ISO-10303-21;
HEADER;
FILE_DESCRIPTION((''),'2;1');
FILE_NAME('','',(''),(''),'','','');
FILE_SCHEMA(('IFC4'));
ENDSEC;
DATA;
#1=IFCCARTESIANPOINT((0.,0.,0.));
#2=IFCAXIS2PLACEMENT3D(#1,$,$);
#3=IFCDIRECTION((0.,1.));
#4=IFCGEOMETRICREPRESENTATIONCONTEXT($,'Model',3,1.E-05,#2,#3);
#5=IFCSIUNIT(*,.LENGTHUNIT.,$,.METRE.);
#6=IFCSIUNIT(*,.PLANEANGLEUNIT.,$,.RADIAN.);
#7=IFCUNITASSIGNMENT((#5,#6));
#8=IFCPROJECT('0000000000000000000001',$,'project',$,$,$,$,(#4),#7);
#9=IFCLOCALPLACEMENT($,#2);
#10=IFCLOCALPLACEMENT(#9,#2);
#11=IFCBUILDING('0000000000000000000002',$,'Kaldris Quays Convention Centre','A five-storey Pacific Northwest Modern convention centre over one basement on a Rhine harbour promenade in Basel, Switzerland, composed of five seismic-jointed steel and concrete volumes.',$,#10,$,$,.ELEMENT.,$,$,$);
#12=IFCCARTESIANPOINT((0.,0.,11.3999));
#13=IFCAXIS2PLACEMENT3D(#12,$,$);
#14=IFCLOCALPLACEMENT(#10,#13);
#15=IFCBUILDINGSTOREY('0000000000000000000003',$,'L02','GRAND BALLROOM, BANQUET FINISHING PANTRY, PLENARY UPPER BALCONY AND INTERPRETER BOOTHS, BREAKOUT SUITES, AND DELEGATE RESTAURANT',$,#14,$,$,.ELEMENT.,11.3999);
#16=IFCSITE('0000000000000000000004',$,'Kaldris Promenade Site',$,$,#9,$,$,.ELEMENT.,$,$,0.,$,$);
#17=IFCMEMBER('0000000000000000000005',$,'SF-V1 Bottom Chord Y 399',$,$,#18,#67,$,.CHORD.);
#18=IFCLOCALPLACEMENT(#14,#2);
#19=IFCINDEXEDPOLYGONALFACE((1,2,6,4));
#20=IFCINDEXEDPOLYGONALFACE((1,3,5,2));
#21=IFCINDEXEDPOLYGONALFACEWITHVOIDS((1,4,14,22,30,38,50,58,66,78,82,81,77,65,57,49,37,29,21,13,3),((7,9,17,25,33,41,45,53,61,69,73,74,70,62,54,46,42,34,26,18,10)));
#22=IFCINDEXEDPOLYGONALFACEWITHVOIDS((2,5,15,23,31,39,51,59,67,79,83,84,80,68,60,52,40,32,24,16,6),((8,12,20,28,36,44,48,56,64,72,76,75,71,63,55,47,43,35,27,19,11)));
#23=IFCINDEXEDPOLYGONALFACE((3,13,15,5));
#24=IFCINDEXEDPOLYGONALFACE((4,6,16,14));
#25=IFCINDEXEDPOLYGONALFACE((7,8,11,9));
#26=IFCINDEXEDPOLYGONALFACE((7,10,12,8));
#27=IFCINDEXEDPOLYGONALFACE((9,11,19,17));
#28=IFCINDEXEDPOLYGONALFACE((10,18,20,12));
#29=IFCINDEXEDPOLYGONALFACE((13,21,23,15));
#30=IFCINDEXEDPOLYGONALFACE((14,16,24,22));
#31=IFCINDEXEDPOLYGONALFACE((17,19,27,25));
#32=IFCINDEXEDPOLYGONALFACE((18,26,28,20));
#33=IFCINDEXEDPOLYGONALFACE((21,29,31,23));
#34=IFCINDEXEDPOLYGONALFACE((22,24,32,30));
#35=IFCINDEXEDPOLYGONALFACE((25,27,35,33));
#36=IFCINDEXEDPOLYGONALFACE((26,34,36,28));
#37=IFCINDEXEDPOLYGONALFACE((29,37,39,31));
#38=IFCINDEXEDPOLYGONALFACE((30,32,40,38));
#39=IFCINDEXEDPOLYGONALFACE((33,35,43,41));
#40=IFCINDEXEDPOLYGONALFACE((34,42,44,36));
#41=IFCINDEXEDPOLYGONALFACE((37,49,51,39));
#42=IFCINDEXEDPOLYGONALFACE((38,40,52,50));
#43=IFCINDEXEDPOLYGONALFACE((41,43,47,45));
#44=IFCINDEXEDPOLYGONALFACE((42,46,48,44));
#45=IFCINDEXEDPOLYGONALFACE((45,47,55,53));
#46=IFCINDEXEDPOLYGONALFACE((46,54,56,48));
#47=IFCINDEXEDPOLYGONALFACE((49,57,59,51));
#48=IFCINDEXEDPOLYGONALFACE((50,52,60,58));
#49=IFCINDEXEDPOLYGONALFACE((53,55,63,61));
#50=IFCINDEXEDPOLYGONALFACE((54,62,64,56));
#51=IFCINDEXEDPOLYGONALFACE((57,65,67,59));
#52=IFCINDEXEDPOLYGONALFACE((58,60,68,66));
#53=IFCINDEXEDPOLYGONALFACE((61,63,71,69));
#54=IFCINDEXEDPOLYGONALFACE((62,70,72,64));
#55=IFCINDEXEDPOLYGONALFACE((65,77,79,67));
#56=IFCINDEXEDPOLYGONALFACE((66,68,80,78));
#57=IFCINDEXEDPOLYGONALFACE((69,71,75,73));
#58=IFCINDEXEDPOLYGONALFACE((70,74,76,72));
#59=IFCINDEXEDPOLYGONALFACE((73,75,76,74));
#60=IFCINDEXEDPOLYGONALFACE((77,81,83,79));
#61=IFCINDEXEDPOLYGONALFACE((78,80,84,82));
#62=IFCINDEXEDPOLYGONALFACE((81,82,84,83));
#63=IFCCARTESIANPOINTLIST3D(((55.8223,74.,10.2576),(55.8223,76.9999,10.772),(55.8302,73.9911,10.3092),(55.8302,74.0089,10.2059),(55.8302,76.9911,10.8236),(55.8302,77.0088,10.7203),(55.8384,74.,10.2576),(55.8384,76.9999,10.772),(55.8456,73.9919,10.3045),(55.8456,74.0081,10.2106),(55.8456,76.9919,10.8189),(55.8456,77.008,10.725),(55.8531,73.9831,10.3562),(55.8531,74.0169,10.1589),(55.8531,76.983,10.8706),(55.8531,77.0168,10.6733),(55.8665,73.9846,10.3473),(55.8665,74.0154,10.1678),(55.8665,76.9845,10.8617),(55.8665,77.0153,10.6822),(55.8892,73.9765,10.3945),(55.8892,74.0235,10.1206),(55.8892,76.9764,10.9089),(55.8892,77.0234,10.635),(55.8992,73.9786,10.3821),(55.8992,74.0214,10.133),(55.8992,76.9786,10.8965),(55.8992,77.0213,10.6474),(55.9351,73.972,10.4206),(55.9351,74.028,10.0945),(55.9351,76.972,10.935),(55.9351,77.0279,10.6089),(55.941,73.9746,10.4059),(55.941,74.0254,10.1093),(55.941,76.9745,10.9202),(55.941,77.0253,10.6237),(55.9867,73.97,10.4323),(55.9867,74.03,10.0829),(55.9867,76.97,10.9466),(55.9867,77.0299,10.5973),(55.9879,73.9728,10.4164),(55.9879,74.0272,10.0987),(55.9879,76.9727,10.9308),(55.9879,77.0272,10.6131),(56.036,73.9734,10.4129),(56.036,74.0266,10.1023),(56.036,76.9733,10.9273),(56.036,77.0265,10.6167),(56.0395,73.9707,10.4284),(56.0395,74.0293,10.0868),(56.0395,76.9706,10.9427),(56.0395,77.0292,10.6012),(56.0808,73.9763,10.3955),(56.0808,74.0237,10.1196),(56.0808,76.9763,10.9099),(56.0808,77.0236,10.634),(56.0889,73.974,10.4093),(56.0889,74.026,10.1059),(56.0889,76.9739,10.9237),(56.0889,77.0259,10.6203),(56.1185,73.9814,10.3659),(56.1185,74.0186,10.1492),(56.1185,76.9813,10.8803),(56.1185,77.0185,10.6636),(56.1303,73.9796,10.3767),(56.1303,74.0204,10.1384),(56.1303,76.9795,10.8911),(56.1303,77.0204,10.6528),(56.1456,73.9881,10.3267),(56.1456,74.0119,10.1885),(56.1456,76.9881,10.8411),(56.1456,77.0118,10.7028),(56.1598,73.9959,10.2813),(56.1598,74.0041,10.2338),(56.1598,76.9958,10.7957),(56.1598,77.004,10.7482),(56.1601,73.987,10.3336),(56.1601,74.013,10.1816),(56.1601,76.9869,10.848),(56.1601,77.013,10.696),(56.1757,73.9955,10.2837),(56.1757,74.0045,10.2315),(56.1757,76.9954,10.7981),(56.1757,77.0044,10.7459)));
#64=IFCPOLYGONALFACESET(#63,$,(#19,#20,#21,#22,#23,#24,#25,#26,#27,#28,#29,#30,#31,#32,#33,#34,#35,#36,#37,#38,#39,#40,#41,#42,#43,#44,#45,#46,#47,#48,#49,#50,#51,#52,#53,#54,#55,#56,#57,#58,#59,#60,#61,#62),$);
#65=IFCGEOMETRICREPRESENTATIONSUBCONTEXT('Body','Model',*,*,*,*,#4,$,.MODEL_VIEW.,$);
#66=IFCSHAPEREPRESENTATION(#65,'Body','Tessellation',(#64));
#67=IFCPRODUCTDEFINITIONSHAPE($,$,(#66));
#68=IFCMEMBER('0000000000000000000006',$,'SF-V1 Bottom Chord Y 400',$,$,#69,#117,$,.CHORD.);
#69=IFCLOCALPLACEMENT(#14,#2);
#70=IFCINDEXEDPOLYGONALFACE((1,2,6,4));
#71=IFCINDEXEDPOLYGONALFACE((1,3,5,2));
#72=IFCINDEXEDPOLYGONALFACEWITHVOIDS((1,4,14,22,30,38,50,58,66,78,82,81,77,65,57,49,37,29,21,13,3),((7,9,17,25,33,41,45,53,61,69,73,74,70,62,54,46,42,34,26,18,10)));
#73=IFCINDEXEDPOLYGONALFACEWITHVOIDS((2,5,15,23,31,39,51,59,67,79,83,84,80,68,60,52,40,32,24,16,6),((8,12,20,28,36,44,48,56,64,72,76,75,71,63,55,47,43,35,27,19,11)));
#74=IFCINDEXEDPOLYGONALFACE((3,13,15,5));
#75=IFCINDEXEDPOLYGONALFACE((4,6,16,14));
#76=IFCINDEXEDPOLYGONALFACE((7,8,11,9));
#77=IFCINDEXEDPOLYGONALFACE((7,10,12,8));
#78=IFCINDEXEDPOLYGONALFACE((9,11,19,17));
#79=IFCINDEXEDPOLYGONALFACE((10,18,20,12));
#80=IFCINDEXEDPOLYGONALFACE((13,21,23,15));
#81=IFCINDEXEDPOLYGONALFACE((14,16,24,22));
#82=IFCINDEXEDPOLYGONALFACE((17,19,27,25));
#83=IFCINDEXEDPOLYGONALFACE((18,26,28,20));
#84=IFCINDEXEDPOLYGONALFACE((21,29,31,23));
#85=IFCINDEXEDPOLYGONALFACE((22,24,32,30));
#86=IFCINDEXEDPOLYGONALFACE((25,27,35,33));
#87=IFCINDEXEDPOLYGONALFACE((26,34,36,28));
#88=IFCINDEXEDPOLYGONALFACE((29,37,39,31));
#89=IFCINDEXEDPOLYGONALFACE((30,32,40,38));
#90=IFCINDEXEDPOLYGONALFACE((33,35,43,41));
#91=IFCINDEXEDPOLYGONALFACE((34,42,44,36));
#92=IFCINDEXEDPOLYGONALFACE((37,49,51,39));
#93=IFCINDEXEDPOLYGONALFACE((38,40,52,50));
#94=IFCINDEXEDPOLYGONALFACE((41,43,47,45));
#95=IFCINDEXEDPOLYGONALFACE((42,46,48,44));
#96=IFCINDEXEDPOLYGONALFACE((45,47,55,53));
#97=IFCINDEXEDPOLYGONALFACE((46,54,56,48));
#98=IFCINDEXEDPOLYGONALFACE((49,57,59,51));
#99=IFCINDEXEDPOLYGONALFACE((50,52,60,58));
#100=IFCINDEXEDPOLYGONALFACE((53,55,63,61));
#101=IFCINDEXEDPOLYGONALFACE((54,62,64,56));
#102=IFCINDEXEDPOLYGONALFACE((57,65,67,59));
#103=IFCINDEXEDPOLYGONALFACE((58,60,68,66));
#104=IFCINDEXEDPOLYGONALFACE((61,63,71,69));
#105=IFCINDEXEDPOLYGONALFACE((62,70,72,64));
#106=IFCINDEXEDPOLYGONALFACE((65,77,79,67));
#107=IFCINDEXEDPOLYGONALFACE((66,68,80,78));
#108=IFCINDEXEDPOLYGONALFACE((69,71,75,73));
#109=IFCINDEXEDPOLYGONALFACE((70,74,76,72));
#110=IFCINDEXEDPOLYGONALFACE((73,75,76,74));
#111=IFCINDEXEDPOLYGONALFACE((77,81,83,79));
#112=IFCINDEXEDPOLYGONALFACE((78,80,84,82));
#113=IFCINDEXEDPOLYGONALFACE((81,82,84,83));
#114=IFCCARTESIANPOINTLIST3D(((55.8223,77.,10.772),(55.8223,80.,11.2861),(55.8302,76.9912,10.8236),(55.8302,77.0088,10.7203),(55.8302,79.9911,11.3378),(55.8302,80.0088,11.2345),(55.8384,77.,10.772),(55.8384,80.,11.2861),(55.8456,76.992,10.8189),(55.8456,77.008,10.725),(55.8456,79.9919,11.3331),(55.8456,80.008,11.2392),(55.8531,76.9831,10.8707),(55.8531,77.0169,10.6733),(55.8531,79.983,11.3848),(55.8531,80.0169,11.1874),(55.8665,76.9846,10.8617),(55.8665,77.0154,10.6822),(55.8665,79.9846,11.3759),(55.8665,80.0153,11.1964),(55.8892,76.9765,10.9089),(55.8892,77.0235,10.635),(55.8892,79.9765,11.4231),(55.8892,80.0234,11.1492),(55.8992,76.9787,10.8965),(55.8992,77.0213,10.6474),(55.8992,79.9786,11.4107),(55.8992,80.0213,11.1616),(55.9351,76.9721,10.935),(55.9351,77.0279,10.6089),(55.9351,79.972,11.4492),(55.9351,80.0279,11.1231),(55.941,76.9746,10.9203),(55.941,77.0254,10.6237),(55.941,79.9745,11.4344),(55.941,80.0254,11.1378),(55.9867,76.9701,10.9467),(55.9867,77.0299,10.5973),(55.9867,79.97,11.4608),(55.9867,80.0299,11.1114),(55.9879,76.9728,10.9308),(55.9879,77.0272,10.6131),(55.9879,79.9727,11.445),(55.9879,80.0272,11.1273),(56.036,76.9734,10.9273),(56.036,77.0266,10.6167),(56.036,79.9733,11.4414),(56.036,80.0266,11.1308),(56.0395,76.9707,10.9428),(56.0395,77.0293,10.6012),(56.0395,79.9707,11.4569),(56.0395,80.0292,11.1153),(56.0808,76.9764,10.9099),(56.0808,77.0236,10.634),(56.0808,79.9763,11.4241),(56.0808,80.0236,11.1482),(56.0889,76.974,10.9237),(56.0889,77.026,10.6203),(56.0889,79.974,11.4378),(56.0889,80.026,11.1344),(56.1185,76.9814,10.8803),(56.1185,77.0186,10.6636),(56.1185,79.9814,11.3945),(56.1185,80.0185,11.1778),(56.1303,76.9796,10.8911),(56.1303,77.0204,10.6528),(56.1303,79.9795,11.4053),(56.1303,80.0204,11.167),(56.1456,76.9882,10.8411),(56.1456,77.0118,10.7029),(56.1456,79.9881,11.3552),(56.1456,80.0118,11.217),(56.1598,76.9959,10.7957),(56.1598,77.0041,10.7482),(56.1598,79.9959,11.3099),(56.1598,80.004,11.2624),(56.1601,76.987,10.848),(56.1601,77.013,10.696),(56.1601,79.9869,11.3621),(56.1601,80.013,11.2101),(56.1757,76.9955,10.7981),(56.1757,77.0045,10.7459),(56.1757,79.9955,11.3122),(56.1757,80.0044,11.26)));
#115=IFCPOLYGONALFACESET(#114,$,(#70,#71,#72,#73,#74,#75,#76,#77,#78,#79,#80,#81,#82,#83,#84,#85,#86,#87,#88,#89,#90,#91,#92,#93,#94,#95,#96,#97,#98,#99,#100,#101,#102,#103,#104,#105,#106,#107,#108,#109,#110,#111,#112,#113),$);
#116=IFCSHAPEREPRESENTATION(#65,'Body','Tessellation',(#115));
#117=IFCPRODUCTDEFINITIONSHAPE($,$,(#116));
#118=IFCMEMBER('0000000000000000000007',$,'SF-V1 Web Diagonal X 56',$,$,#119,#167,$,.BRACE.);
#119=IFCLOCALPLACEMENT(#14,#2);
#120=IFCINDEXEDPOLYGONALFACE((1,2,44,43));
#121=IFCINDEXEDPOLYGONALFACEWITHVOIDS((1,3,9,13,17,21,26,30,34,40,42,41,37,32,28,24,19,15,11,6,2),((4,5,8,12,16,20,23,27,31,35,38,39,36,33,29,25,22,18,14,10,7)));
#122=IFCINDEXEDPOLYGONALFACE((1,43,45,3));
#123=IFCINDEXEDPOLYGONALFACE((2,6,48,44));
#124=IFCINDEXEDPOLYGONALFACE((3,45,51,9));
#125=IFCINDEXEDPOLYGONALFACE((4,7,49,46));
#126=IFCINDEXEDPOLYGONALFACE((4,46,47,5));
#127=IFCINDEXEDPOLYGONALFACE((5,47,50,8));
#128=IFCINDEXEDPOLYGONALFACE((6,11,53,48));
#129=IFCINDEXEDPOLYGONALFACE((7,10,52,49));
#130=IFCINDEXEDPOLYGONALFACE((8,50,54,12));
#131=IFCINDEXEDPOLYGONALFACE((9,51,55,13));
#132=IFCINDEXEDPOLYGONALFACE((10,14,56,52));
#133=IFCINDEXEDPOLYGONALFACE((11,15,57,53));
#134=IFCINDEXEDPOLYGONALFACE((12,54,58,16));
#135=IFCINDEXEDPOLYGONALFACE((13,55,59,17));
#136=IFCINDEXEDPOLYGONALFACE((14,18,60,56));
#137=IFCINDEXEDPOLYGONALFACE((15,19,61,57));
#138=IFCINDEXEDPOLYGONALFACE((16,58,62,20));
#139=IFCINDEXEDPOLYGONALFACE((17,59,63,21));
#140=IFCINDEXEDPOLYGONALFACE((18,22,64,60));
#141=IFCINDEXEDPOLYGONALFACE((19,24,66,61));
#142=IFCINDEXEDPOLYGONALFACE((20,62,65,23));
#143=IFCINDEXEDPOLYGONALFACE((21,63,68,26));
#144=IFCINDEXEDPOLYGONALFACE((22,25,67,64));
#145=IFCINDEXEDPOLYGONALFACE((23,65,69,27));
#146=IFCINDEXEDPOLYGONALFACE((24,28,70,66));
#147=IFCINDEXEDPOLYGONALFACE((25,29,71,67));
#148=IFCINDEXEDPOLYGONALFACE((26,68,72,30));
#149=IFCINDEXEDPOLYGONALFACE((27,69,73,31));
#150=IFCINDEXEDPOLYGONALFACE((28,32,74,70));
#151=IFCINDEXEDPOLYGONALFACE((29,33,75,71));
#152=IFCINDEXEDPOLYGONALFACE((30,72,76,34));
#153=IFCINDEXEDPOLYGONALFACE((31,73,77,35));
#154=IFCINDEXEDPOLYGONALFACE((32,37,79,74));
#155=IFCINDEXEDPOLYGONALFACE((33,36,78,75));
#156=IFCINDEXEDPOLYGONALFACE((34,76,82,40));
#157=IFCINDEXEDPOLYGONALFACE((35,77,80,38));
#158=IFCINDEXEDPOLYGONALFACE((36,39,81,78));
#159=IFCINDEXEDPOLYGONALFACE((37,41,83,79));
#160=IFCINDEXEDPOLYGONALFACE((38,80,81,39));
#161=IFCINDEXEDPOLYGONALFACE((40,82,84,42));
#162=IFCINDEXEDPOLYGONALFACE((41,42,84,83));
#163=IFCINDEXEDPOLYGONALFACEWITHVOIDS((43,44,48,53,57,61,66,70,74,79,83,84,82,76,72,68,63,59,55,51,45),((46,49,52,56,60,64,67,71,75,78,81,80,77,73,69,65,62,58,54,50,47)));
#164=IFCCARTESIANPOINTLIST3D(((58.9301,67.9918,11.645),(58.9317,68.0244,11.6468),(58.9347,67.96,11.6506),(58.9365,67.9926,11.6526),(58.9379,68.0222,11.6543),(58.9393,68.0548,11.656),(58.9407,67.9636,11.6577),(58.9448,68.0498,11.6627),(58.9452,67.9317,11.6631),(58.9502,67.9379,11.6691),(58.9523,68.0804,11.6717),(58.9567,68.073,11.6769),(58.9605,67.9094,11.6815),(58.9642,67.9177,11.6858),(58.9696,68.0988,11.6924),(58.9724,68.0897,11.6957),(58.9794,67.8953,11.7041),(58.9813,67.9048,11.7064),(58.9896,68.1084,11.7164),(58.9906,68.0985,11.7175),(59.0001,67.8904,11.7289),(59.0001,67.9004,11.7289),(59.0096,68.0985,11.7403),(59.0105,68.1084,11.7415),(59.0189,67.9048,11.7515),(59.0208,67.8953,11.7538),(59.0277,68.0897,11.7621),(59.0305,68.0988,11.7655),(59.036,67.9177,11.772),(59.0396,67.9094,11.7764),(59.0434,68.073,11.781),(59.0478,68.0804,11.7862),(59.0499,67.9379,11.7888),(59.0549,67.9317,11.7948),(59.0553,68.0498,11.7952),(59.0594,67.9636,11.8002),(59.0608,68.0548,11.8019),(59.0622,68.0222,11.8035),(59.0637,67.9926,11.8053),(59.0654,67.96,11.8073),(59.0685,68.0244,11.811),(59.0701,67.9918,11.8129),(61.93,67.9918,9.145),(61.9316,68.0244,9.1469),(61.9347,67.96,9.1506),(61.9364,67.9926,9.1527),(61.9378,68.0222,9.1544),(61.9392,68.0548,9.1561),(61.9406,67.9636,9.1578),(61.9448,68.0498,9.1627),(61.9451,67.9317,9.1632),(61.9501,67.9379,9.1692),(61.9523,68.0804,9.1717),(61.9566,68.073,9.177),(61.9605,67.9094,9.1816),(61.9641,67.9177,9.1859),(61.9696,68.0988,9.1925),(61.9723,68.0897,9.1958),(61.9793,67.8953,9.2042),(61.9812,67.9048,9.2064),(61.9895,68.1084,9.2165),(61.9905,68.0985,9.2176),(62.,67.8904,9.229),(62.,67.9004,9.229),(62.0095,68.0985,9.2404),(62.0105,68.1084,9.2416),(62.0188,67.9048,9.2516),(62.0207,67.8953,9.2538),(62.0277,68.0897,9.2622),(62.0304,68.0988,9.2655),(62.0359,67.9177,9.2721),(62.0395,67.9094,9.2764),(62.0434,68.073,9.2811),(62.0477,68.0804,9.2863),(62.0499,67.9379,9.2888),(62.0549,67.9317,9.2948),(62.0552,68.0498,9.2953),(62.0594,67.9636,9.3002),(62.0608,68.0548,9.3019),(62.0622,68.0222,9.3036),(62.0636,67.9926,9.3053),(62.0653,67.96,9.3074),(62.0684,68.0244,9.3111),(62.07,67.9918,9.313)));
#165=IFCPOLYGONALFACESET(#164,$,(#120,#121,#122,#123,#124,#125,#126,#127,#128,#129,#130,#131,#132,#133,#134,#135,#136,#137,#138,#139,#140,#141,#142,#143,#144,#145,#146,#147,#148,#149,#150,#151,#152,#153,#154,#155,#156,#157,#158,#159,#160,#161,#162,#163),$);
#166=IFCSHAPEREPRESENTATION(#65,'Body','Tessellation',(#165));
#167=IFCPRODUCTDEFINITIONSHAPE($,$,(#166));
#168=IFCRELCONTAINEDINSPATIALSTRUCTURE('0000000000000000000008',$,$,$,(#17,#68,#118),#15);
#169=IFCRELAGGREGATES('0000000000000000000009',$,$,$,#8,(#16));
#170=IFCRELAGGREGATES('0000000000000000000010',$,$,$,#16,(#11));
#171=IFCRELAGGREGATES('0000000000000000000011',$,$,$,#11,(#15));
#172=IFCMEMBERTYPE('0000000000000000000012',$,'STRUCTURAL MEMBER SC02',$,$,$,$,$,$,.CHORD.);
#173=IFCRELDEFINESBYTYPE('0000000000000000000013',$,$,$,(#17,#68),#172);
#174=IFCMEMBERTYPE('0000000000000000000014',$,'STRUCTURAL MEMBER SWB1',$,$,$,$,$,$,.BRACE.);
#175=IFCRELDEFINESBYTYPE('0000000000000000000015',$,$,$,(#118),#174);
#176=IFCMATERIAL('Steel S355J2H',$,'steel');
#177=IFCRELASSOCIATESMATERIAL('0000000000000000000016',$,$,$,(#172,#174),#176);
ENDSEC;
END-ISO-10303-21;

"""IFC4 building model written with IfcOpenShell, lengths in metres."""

from ifc_helpers import new_model, si_unit, direction, frame, origin, origin_2d, place, context, subcontext, project, spatial, hollow_circle, extrude, material, material_profile, profile_set, type_object, element, save


model = new_model("IFC4")

# Units and contexts
model_context = context("Model", 3, precision=1e-05, world=origin(), true_north=direction((0.0, 1.0)))
body_context = subcontext(model_context, "Body", "Model", "MODEL_VIEW")
ifc_project = project(units=[si_unit("LENGTHUNIT", "METRE"), si_unit("PLANEANGLEUNIT", "RADIAN")], contexts=[model_context])

# Site, building, storey
site_placement = place(None, origin())
site = spatial("IfcSite", under=ifc_project, at=site_placement, Name="Kaldris Promenade Site", CompositionType="ELEMENT", RefElevation=0.0)
building_placement = place(site_placement, origin())
building = spatial("IfcBuilding", under=site, at=building_placement, Name="Kaldris Quays Convention Centre", Description="A five-storey Pacific Northwest Modern convention centre over one basement on a Rhine harbour promenade in Basel, Switzerland, composed of five seismic-jointed steel and concrete volumes.", CompositionType="ELEMENT")
storey_placement = place(building_placement, frame((0.0, 0.0, 11.3999)))
storey = spatial("IfcBuildingStorey", under=building, at=storey_placement, Name="L02", Description="GRAND BALLROOM, BANQUET FINISHING PANTRY, PLENARY UPPER BALCONY AND INTERPRETER BOOTHS, BREAKOUT SUITES, AND DELEGATE RESTAURANT", CompositionType="ELEMENT", Elevation=11.3999)

# Members
ifc_material = material(Name="Steel S355J2H", Category="steel")
ifc_material_profile_1 = material_profile(ifc_material, hollow_circle(Radius=0.1777, WallThickness=0.0161, at=origin_2d()), Name="CHS 355.6x16")
ifc_profile_set_1 = profile_set([ifc_material_profile_1], Name="Steel S355J2H")
member_type_1 = type_object("IfcMemberType", Name="STRUCTURAL MEMBER SC02", PredefinedType="CHORD", material=ifc_profile_set_1)
for number, where, z_axis, x_axis, name in (
    (1, (56.0, 74.0, 10.2576), (0.0, 0.985616, 0.169002), (-1.0, 0.0, 0.0), "SF-V1 Bottom Chord Y 399"),
    (2, (56.0, 77.0, 10.772), (0.0, 0.985629, 0.168924), (-1.0, 0.0, 0.0), "SF-V1 Bottom Chord Y 400"),
):
    element("IfcMember", number, at=place(storey_placement, frame(where, z_axis=z_axis, x_axis=x_axis)), inside=storey, type_object=member_type_1, Name=name, PredefinedType="CHORD", context=body_context, shape_type="SweptSolid", body=[
        extrude(hollow_circle(Radius=0.1777, WallThickness=0.0161, at=origin_2d()), origin(), (0.0, 0.0, 1.0), 3.0437),
    ])
ifc_material_profile_2 = material_profile(ifc_material, hollow_circle(Radius=0.1096, WallThickness=0.01, at=origin_2d()), Name="CHS 219.1x10")
ifc_profile_set_2 = profile_set([ifc_material_profile_2], Name="Steel S355J2H")
member_type_2 = type_object("IfcMemberType", Name="STRUCTURAL MEMBER SWB1", PredefinedType="BRACE", material=ifc_profile_set_2)
for number, where, z_axis, x_axis, name in (
    (3, (62.0, 68.0, 9.229), (-0.768221, 0.0, 0.640184), (0.0, -1.0, 0.0), "SF-V1 Web Diagonal X 56"),
):
    element("IfcMember", number, at=place(storey_placement, frame(where, z_axis=z_axis, x_axis=x_axis)), inside=storey, type_object=member_type_2, Name=name, PredefinedType="BRACE", context=body_context, shape_type="SweptSolid", body=[
        extrude(hollow_circle(Radius=0.1096, WallThickness=0.01, at=origin_2d()), origin(), (0.0, 0.0, 1.0), 3.905),
    ])

save(model, "model.ifc")
